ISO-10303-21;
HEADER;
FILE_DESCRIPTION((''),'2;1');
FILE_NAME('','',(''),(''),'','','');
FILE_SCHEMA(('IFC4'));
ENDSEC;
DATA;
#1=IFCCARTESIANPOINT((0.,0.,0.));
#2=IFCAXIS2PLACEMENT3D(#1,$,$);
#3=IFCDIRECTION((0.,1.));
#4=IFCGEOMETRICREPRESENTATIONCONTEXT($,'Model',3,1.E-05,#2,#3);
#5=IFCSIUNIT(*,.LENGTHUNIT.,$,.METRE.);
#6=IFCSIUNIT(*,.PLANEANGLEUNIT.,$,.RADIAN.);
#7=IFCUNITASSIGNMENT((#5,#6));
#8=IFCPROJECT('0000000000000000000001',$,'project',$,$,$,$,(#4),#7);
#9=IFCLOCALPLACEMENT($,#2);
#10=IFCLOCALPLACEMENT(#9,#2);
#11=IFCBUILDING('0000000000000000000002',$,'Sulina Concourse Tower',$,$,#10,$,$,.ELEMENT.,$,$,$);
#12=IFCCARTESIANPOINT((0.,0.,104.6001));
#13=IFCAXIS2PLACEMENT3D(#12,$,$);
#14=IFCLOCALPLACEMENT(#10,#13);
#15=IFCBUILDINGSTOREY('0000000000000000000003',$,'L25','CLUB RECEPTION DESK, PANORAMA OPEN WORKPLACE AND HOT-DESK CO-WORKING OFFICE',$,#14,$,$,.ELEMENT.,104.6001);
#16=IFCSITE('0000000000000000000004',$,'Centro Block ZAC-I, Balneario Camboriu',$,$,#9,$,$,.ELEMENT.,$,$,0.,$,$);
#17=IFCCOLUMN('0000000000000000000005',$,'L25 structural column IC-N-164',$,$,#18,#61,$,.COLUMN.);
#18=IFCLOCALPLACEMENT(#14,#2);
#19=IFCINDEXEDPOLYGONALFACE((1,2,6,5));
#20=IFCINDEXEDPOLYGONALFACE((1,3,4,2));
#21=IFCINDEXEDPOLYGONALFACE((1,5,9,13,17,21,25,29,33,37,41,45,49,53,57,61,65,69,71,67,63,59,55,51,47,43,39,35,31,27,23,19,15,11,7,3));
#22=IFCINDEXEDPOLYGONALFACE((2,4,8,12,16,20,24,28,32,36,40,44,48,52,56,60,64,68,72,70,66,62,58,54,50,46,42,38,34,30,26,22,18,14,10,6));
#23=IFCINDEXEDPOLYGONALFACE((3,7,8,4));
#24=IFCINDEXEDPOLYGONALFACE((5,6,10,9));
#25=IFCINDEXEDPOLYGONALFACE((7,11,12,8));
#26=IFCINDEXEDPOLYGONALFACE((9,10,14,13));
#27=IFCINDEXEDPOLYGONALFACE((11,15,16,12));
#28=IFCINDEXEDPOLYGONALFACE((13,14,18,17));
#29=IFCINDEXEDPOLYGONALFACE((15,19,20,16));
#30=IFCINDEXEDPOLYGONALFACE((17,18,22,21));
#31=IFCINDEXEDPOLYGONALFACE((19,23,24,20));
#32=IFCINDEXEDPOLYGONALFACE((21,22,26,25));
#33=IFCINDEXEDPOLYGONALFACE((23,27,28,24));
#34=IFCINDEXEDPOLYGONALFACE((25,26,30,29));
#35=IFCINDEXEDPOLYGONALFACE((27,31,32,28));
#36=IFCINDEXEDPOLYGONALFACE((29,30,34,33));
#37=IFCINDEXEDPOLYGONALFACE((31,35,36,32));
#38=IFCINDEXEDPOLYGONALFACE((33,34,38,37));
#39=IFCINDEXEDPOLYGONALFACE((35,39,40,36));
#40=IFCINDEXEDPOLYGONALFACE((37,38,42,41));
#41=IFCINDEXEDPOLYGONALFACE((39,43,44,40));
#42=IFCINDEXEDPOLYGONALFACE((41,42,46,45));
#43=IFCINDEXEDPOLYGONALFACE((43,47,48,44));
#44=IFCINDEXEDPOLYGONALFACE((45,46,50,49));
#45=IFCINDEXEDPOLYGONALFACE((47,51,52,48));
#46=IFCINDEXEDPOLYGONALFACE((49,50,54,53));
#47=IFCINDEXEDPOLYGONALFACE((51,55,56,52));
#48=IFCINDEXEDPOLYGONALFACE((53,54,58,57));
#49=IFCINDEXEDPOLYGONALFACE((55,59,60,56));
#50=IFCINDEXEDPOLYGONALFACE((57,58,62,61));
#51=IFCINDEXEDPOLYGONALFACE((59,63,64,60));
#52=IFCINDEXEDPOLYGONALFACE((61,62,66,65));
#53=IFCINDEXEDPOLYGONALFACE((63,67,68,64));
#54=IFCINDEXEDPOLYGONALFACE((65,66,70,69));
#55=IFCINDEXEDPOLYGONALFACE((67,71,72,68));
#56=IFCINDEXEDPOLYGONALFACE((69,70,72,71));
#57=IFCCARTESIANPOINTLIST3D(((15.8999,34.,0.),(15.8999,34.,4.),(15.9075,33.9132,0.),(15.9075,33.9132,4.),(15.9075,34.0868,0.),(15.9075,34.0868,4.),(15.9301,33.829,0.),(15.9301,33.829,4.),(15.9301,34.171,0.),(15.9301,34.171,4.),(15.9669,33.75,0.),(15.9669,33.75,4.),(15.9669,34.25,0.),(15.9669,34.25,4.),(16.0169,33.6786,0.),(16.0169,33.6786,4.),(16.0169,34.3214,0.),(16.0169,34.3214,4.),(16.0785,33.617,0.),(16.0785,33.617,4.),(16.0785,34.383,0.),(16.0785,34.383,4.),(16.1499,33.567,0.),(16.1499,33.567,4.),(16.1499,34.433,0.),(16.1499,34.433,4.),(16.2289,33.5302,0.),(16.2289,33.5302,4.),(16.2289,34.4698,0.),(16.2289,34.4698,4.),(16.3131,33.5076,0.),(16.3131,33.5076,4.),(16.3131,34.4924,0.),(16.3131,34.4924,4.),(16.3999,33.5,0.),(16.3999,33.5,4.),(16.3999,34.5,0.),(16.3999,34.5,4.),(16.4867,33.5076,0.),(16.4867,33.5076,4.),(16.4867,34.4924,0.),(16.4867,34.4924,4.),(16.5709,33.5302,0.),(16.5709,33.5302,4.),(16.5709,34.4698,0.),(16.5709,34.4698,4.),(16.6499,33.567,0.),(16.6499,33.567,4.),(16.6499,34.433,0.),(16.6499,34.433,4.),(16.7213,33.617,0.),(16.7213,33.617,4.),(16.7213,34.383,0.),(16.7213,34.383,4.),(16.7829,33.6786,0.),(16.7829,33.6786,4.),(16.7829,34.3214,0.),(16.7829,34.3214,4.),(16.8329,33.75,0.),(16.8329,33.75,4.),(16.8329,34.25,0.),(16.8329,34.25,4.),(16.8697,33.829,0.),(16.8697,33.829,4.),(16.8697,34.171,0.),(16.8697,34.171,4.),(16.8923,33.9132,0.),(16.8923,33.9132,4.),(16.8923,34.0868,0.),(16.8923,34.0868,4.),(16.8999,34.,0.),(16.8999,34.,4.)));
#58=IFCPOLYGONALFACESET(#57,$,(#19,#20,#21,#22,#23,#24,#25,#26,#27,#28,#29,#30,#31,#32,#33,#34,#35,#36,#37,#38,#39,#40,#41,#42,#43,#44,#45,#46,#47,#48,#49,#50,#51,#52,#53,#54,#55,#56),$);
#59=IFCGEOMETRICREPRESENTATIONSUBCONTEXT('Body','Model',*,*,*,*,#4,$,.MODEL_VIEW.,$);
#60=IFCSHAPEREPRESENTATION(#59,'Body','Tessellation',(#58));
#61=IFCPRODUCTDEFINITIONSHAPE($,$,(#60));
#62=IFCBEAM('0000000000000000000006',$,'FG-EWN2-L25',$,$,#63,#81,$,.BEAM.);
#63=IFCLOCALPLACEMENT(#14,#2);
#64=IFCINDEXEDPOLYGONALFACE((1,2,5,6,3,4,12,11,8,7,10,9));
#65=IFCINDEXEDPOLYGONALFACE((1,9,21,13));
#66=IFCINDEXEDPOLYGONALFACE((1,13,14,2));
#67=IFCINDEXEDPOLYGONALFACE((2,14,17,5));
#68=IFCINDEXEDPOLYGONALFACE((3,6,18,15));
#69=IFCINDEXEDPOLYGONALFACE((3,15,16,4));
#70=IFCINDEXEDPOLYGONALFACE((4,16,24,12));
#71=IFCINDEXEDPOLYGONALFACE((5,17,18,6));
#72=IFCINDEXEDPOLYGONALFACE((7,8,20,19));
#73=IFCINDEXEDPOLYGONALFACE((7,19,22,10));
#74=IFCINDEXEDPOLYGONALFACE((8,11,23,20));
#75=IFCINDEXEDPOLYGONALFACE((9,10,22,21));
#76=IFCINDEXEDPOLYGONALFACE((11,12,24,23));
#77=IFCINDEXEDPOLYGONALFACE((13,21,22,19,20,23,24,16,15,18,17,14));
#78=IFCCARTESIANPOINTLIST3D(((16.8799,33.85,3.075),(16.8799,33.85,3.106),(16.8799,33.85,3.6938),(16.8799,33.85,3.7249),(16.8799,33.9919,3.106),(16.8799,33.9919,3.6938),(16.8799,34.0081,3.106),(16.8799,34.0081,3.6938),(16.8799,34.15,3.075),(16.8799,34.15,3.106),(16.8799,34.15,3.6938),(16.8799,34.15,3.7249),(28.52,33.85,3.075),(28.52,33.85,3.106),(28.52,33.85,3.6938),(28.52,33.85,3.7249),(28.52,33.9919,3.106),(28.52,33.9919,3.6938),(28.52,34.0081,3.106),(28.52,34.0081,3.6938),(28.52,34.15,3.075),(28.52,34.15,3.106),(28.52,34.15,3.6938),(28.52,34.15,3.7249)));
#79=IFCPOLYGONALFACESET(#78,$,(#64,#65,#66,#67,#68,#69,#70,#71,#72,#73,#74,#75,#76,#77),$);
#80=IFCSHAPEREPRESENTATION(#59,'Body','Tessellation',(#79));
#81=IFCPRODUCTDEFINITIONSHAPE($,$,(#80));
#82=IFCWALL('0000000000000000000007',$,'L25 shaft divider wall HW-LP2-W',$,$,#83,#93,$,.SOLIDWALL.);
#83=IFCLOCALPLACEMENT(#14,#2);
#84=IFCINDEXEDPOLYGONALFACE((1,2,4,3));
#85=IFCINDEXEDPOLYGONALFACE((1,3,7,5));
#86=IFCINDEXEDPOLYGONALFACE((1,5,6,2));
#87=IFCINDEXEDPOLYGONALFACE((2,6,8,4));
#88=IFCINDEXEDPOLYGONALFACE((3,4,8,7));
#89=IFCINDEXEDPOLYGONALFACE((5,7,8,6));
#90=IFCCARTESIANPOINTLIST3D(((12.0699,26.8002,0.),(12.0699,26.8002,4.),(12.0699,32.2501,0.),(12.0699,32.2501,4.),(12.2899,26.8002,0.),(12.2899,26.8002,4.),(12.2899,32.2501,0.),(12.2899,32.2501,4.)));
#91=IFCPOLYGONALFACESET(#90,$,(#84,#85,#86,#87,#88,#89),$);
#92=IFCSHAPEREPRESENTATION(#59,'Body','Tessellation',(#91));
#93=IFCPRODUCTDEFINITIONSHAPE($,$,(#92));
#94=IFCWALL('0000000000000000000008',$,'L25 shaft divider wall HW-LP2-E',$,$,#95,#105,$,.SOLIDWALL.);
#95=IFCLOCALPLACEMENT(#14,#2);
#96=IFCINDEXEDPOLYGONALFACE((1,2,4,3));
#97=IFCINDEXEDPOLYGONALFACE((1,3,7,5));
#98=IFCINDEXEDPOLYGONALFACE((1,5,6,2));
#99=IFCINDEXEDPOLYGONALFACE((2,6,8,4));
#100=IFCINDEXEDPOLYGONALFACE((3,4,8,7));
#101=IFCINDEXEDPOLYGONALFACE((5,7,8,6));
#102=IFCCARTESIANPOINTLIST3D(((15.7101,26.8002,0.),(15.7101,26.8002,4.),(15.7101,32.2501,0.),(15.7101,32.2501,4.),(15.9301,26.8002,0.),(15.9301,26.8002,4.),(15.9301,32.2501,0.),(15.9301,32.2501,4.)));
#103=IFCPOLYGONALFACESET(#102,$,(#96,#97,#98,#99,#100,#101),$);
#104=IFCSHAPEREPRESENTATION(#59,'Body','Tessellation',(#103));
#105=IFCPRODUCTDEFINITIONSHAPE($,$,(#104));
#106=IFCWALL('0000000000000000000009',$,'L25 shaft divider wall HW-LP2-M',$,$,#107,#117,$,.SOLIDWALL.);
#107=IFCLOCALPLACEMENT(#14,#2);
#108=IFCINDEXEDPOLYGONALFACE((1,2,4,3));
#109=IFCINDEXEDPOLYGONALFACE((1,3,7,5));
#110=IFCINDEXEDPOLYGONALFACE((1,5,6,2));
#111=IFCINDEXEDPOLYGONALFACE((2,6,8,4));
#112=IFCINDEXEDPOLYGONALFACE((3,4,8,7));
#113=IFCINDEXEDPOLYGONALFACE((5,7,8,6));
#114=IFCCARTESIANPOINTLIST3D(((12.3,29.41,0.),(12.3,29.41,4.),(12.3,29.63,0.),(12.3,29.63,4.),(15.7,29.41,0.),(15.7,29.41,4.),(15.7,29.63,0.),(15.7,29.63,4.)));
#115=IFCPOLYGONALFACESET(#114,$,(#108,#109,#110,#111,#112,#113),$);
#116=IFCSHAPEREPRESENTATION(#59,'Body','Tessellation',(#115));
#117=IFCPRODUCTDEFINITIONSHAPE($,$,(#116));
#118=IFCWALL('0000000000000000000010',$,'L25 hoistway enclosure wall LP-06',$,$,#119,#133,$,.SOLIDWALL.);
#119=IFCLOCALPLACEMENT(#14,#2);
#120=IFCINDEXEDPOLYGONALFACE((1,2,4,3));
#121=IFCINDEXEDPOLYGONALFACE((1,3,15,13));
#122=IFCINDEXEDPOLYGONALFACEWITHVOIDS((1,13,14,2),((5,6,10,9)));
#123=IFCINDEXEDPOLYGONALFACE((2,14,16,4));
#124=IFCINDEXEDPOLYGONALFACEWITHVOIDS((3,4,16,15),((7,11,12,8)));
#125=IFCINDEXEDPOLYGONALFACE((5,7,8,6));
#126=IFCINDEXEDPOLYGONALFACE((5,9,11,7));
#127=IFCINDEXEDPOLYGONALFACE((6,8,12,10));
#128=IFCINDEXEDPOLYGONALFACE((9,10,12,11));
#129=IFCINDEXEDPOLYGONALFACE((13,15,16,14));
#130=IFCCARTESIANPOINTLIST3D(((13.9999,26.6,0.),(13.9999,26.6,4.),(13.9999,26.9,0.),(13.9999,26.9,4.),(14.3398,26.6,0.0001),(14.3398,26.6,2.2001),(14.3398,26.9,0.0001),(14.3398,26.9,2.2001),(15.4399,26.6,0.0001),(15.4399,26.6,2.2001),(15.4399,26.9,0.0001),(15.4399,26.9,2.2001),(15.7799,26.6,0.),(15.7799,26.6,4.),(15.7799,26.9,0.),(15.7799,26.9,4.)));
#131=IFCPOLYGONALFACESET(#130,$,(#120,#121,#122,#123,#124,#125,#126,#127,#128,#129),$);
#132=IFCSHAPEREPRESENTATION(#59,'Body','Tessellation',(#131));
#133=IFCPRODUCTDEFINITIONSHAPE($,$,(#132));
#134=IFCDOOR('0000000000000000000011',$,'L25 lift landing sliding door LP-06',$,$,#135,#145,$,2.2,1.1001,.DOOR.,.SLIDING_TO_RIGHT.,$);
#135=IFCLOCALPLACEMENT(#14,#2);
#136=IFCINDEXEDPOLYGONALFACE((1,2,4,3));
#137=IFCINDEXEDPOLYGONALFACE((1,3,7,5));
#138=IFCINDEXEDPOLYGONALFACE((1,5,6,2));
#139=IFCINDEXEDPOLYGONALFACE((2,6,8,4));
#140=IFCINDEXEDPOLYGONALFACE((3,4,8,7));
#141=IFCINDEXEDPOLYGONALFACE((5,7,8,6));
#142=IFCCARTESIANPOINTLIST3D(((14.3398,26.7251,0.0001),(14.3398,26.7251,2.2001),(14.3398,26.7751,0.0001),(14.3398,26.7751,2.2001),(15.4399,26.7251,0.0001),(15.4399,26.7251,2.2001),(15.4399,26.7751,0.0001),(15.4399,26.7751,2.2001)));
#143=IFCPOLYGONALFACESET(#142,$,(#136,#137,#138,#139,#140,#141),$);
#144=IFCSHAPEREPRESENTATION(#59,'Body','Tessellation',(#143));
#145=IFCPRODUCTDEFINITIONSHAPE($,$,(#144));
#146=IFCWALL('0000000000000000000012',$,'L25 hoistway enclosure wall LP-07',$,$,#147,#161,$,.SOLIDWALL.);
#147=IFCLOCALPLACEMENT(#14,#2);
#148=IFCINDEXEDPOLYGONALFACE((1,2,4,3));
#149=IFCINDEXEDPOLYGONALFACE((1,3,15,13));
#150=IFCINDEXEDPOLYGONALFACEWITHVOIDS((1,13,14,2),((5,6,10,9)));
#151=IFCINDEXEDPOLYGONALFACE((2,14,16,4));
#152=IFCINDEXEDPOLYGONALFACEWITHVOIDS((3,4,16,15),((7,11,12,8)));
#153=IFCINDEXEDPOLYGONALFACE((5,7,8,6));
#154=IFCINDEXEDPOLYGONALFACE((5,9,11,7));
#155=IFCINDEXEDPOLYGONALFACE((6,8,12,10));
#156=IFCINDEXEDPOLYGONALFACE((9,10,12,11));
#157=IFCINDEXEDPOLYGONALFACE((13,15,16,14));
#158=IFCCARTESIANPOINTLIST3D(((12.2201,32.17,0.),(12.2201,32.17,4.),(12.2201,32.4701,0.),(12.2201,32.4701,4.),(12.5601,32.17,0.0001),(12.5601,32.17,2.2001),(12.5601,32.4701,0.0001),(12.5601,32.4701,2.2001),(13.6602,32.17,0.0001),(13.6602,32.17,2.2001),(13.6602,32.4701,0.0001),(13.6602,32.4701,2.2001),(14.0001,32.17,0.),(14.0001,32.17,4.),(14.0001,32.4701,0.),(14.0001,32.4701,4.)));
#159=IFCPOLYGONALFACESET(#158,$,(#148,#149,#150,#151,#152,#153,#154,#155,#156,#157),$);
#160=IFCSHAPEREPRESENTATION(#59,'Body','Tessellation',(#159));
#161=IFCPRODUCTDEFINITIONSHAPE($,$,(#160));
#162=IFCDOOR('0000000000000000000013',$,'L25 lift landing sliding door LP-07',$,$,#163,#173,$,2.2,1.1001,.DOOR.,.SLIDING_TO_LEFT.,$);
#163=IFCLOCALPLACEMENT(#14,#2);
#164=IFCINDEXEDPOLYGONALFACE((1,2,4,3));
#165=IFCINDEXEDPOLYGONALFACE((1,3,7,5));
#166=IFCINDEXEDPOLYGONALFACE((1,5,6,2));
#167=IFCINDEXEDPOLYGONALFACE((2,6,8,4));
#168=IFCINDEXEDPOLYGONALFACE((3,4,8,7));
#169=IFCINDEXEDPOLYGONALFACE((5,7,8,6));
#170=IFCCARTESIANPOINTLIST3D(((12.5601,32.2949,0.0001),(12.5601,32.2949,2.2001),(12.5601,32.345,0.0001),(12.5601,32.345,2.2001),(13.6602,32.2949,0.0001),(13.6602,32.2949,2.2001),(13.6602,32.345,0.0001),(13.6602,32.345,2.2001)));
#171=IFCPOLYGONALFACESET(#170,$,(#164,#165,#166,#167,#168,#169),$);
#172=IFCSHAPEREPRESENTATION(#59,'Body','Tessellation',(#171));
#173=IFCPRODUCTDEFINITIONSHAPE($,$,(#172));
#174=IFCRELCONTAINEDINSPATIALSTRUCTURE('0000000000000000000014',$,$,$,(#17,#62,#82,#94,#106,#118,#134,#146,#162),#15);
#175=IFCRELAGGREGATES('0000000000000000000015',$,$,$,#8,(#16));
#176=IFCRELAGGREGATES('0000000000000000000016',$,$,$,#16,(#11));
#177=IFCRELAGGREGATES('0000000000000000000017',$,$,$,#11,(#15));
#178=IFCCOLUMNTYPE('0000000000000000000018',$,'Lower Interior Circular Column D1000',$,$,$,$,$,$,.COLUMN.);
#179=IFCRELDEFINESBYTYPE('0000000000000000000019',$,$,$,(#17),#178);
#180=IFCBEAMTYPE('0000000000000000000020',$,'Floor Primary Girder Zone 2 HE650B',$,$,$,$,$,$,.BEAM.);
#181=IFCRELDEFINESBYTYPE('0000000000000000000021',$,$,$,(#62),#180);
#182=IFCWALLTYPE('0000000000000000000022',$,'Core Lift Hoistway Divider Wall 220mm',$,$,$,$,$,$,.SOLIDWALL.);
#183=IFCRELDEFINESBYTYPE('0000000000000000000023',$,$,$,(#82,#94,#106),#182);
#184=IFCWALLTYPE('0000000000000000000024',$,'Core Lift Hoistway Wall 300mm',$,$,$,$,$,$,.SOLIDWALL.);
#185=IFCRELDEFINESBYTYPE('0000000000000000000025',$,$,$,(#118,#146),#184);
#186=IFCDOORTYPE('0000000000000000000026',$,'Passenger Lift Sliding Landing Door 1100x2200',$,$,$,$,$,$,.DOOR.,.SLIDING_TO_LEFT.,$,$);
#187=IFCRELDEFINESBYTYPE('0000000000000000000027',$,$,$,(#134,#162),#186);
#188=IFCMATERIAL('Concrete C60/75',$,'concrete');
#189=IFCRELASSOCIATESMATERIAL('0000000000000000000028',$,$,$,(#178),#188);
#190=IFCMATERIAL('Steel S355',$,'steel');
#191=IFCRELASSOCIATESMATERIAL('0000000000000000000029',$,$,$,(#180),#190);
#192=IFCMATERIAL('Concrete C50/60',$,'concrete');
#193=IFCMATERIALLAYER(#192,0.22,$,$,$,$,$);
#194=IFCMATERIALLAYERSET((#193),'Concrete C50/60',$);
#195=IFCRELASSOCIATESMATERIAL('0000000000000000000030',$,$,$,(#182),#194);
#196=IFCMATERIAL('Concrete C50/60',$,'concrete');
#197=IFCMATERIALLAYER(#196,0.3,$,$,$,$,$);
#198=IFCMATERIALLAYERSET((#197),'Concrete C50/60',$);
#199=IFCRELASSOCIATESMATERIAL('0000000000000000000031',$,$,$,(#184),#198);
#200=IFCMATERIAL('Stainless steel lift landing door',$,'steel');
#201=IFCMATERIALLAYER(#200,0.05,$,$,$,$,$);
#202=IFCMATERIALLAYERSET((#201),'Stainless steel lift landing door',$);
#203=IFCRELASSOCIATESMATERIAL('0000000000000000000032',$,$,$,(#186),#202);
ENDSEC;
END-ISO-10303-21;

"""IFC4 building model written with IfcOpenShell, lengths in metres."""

from ifc_helpers import new_model, si_unit, direction, frame, frame_2d, origin, origin_2d, place, context, subcontext, project, spatial, rectangle, circle, i_section, extrude, material, layer, layer_set, material_profile, profile_set, type_object, element, fill, save


model = new_model("IFC4")

# Units and contexts
model_context = context("Model", 3, precision=1e-05, world=origin(), true_north=direction((0.0, 1.0)))
body_context = subcontext(model_context, "Body", "Model", "MODEL_VIEW")
ifc_project = project(units=[si_unit("LENGTHUNIT", "METRE"), si_unit("PLANEANGLEUNIT", "RADIAN")], contexts=[model_context])

# Site, building, storey
site_placement = place(None, origin())
site = spatial("IfcSite", under=ifc_project, at=site_placement, Name="Centro Block ZAC-I, Balneario Camboriu", CompositionType="ELEMENT", RefElevation=0.0)
building_placement = place(site_placement, origin())
building = spatial("IfcBuilding", under=site, at=building_placement, Name="Sulina Concourse Tower", CompositionType="ELEMENT")
storey_placement = place(building_placement, frame((0.0, 0.0, 104.6001)))
storey = spatial("IfcBuildingStorey", under=building, at=storey_placement, Name="L25", Description="CLUB RECEPTION DESK, PANORAMA OPEN WORKPLACE AND HOT-DESK CO-WORKING OFFICE", CompositionType="ELEMENT", Elevation=104.6001)

# Column
ifc_material_1 = material(Name="Concrete C60/75", Category="concrete")
ifc_material_profile_1 = material_profile(ifc_material_1, circle(Radius=0.5, at=origin_2d()), Name="RC D1000")
ifc_profile_set_1 = profile_set([ifc_material_profile_1], Name="Concrete C60/75")
column_type = type_object("IfcColumnType", Name="Lower Interior Circular Column D1000", PredefinedType="COLUMN", material=ifc_profile_set_1)
column_placement = place(storey_placement, frame((16.3999, 34.0, 0.0), z_axis=(0.0, 0.0, 1.0), x_axis=(1.0, 0.0, 0.0)))
element("IfcColumn", 1, at=column_placement, inside=storey, type_object=column_type, Name="L25 structural column IC-N-164", PredefinedType="COLUMN", context=body_context, shape_type="SweptSolid", body=[
    extrude(circle(Radius=0.5, at=origin_2d()), origin(), (0.0, 0.0, 1.0), 4.0),
])

# Beam
ifc_material_2 = material(Name="Steel S355", Category="steel")
ifc_material_profile_2 = material_profile(ifc_material_2, i_section(OverallWidth=0.3, OverallDepth=0.6499, WebThickness=0.0161, FlangeThickness=0.031, at=origin_2d()), Name="HE 650 B")
ifc_profile_set_2 = profile_set([ifc_material_profile_2], Name="Steel S355")
beam_type = type_object("IfcBeamType", Name="Floor Primary Girder Zone 2 HE650B", PredefinedType="BEAM", material=ifc_profile_set_2)
beam_placement = place(storey_placement, frame((16.8799, 34.0, 3.3999), z_axis=(1.0, 0.0, 0.0), x_axis=(0.0, 1.0, 0.0)))
element("IfcBeam", 2, at=beam_placement, inside=storey, type_object=beam_type, Name="FG-EWN2-L25", PredefinedType="BEAM", context=body_context, shape_type="SweptSolid", body=[
    extrude(i_section(OverallWidth=0.3, OverallDepth=0.6499, WebThickness=0.0161, FlangeThickness=0.031, at=origin_2d()), origin(), (0.0, 0.0, 1.0), 11.6401),
])

# Walls
ifc_material_3 = material(Name="Concrete C50/60", Category="concrete")
ifc_layer_1 = layer(ifc_material_3, 0.22)
ifc_layer_set_1 = layer_set([ifc_layer_1], Name="Concrete C50/60")
wall_type_1 = type_object("IfcWallType", Name="Core Lift Hoistway Divider Wall 220mm", PredefinedType="SOLIDWALL", material=ifc_layer_set_1)
for number, where, z_axis, x_axis, name in (
    (3, (12.1799, 26.8, 0.0), (0.0, 0.0, 1.0), (0.0, 1.0, 0.0), "L25 shaft divider wall HW-LP2-W"),
    (4, (15.8201, 26.8, 0.0), (0.0, 0.0, 1.0), (0.0, 1.0, 0.0), "L25 shaft divider wall HW-LP2-E"),
):
    element("IfcWall", number, at=place(storey_placement, frame(where, z_axis=z_axis, x_axis=x_axis)), inside=storey, type_object=wall_type_1, Name=name, PredefinedType="SOLIDWALL", context=body_context, shape_type="SweptSolid", body=[
        extrude(rectangle(XDim=5.45, YDim=0.22, at=frame_2d((2.7251, 0.0))), origin(), (0.0, 0.0, 1.0), 4.0),
    ])
wall_1_placement = place(storey_placement, frame((12.3, 29.52, 0.0), z_axis=(0.0, 0.0, 1.0), x_axis=(1.0, 0.0, 0.0)))
element("IfcWall", 5, at=wall_1_placement, inside=storey, type_object=wall_type_1, Name="L25 shaft divider wall HW-LP2-M", PredefinedType="SOLIDWALL", context=body_context, shape_type="SweptSolid", body=[
    extrude(rectangle(XDim=3.3999, YDim=0.22, at=frame_2d((1.7, 0.0))), origin(), (0.0, 0.0, 1.0), 4.0),
])

# Walls, openings, doors
ifc_material_4 = material(Name="Concrete C50/60", Category="concrete")
ifc_layer_2 = layer(ifc_material_4, 0.3)
ifc_layer_set_2 = layer_set([ifc_layer_2], Name="Concrete C50/60")
wall_type_2 = type_object("IfcWallType", Name="Core Lift Hoistway Wall 300mm", PredefinedType="SOLIDWALL", material=ifc_layer_set_2)
wall_2_placement = place(storey_placement, frame((15.78, 26.75, 0.0), z_axis=(0.0, 0.0, 1.0), x_axis=(-1.0, 0.0, 0.0)))
wall_2 = element("IfcWall", 6, at=wall_2_placement, inside=storey, type_object=wall_type_2, Name="L25 hoistway enclosure wall LP-06", PredefinedType="SOLIDWALL", context=body_context, shape_type="SweptSolid", body=[
    extrude(rectangle(XDim=1.78, YDim=0.3, at=frame_2d((0.8901, 0.0))), origin(), (0.0, 0.0, 1.0), 4.0),
])
opening_1_placement = place(wall_2_placement, frame((0.3401, 0.0, 0.0)))
opening_1 = element("IfcOpeningElement", 7, at=opening_1_placement, cuts=wall_2, PredefinedType="OPENING", context=body_context, shape_type="SweptSolid", body=[
    extrude(rectangle(XDim=1.1001, YDim=2.2, at=frame_2d((0.55, 1.1001))), frame((0.0, 0.1599, 0.0), z_axis=(0.0, -1.0, 0.0), x_axis=(1.0, 0.0, 0.0)), (0.0, 0.0, 1.0), 0.3201),
])
ifc_material_5 = material(Name="Stainless steel lift landing door", Category="steel")
ifc_layer_3 = layer(ifc_material_5, 0.05)
ifc_layer_set_3 = layer_set([ifc_layer_3], Name="Stainless steel lift landing door")
door_type_1 = type_object("IfcDoorType", Name="Passenger Lift Sliding Landing Door 1100x2200", OperationType="SLIDING_TO_LEFT", PredefinedType="DOOR", material=ifc_layer_set_3)
door_1_placement = place(opening_1_placement, origin())
door_1 = element("IfcDoor", 8, at=door_1_placement, inside=storey, type_object=door_type_1, Name="L25 lift landing sliding door LP-06", OperationType="SLIDING_TO_RIGHT", OverallHeight=2.2, OverallWidth=1.1001, PredefinedType="DOOR", context=body_context, shape_type="SweptSolid", body=[
    extrude(rectangle(XDim=1.1001, YDim=2.2, at=frame_2d((0.55, 1.1001))), frame((0.0, 0.0249, 0.0), z_axis=(0.0, -1.0, 0.0), x_axis=(1.0, 0.0, 0.0)), (0.0, 0.0, 1.0), 0.05),
])
fill(opening_1, door_1)
wall_3_placement = place(storey_placement, frame((12.22, 32.3201, 0.0), z_axis=(0.0, 0.0, 1.0), x_axis=(1.0, 0.0, 0.0)))
wall_3 = element("IfcWall", 9, at=wall_3_placement, inside=storey, type_object=wall_type_2, Name="L25 hoistway enclosure wall LP-07", PredefinedType="SOLIDWALL", context=body_context, shape_type="SweptSolid", body=[
    extrude(rectangle(XDim=1.78, YDim=0.3, at=frame_2d((0.8901, 0.0))), origin(), (0.0, 0.0, 1.0), 4.0),
])
opening_2_placement = place(wall_3_placement, frame((0.3401, 0.0, 0.0)))
opening_2 = element("IfcOpeningElement", 10, at=opening_2_placement, cuts=wall_3, PredefinedType="OPENING", context=body_context, shape_type="SweptSolid", body=[
    extrude(rectangle(XDim=1.1001, YDim=2.2, at=frame_2d((0.55, 1.1001))), frame((0.0, 0.1599, 0.0), z_axis=(0.0, -1.0, 0.0), x_axis=(1.0, 0.0, 0.0)), (0.0, 0.0, 1.0), 0.3201),
])
door_2_placement = place(opening_2_placement, origin())
door_2 = element("IfcDoor", 11, at=door_2_placement, inside=storey, type_object=door_type_1, Name="L25 lift landing sliding door LP-07", OperationType="SLIDING_TO_LEFT", OverallHeight=2.2, OverallWidth=1.1001, PredefinedType="DOOR", context=body_context, shape_type="SweptSolid", body=[
    extrude(rectangle(XDim=1.1001, YDim=2.2, at=frame_2d((0.55, 1.1001))), frame((0.0, 0.0249, 0.0), z_axis=(0.0, -1.0, 0.0), x_axis=(1.0, 0.0, 0.0)), (0.0, 0.0, 1.0), 0.05),
])
fill(opening_2, door_2)

save(model, "model.ifc")
